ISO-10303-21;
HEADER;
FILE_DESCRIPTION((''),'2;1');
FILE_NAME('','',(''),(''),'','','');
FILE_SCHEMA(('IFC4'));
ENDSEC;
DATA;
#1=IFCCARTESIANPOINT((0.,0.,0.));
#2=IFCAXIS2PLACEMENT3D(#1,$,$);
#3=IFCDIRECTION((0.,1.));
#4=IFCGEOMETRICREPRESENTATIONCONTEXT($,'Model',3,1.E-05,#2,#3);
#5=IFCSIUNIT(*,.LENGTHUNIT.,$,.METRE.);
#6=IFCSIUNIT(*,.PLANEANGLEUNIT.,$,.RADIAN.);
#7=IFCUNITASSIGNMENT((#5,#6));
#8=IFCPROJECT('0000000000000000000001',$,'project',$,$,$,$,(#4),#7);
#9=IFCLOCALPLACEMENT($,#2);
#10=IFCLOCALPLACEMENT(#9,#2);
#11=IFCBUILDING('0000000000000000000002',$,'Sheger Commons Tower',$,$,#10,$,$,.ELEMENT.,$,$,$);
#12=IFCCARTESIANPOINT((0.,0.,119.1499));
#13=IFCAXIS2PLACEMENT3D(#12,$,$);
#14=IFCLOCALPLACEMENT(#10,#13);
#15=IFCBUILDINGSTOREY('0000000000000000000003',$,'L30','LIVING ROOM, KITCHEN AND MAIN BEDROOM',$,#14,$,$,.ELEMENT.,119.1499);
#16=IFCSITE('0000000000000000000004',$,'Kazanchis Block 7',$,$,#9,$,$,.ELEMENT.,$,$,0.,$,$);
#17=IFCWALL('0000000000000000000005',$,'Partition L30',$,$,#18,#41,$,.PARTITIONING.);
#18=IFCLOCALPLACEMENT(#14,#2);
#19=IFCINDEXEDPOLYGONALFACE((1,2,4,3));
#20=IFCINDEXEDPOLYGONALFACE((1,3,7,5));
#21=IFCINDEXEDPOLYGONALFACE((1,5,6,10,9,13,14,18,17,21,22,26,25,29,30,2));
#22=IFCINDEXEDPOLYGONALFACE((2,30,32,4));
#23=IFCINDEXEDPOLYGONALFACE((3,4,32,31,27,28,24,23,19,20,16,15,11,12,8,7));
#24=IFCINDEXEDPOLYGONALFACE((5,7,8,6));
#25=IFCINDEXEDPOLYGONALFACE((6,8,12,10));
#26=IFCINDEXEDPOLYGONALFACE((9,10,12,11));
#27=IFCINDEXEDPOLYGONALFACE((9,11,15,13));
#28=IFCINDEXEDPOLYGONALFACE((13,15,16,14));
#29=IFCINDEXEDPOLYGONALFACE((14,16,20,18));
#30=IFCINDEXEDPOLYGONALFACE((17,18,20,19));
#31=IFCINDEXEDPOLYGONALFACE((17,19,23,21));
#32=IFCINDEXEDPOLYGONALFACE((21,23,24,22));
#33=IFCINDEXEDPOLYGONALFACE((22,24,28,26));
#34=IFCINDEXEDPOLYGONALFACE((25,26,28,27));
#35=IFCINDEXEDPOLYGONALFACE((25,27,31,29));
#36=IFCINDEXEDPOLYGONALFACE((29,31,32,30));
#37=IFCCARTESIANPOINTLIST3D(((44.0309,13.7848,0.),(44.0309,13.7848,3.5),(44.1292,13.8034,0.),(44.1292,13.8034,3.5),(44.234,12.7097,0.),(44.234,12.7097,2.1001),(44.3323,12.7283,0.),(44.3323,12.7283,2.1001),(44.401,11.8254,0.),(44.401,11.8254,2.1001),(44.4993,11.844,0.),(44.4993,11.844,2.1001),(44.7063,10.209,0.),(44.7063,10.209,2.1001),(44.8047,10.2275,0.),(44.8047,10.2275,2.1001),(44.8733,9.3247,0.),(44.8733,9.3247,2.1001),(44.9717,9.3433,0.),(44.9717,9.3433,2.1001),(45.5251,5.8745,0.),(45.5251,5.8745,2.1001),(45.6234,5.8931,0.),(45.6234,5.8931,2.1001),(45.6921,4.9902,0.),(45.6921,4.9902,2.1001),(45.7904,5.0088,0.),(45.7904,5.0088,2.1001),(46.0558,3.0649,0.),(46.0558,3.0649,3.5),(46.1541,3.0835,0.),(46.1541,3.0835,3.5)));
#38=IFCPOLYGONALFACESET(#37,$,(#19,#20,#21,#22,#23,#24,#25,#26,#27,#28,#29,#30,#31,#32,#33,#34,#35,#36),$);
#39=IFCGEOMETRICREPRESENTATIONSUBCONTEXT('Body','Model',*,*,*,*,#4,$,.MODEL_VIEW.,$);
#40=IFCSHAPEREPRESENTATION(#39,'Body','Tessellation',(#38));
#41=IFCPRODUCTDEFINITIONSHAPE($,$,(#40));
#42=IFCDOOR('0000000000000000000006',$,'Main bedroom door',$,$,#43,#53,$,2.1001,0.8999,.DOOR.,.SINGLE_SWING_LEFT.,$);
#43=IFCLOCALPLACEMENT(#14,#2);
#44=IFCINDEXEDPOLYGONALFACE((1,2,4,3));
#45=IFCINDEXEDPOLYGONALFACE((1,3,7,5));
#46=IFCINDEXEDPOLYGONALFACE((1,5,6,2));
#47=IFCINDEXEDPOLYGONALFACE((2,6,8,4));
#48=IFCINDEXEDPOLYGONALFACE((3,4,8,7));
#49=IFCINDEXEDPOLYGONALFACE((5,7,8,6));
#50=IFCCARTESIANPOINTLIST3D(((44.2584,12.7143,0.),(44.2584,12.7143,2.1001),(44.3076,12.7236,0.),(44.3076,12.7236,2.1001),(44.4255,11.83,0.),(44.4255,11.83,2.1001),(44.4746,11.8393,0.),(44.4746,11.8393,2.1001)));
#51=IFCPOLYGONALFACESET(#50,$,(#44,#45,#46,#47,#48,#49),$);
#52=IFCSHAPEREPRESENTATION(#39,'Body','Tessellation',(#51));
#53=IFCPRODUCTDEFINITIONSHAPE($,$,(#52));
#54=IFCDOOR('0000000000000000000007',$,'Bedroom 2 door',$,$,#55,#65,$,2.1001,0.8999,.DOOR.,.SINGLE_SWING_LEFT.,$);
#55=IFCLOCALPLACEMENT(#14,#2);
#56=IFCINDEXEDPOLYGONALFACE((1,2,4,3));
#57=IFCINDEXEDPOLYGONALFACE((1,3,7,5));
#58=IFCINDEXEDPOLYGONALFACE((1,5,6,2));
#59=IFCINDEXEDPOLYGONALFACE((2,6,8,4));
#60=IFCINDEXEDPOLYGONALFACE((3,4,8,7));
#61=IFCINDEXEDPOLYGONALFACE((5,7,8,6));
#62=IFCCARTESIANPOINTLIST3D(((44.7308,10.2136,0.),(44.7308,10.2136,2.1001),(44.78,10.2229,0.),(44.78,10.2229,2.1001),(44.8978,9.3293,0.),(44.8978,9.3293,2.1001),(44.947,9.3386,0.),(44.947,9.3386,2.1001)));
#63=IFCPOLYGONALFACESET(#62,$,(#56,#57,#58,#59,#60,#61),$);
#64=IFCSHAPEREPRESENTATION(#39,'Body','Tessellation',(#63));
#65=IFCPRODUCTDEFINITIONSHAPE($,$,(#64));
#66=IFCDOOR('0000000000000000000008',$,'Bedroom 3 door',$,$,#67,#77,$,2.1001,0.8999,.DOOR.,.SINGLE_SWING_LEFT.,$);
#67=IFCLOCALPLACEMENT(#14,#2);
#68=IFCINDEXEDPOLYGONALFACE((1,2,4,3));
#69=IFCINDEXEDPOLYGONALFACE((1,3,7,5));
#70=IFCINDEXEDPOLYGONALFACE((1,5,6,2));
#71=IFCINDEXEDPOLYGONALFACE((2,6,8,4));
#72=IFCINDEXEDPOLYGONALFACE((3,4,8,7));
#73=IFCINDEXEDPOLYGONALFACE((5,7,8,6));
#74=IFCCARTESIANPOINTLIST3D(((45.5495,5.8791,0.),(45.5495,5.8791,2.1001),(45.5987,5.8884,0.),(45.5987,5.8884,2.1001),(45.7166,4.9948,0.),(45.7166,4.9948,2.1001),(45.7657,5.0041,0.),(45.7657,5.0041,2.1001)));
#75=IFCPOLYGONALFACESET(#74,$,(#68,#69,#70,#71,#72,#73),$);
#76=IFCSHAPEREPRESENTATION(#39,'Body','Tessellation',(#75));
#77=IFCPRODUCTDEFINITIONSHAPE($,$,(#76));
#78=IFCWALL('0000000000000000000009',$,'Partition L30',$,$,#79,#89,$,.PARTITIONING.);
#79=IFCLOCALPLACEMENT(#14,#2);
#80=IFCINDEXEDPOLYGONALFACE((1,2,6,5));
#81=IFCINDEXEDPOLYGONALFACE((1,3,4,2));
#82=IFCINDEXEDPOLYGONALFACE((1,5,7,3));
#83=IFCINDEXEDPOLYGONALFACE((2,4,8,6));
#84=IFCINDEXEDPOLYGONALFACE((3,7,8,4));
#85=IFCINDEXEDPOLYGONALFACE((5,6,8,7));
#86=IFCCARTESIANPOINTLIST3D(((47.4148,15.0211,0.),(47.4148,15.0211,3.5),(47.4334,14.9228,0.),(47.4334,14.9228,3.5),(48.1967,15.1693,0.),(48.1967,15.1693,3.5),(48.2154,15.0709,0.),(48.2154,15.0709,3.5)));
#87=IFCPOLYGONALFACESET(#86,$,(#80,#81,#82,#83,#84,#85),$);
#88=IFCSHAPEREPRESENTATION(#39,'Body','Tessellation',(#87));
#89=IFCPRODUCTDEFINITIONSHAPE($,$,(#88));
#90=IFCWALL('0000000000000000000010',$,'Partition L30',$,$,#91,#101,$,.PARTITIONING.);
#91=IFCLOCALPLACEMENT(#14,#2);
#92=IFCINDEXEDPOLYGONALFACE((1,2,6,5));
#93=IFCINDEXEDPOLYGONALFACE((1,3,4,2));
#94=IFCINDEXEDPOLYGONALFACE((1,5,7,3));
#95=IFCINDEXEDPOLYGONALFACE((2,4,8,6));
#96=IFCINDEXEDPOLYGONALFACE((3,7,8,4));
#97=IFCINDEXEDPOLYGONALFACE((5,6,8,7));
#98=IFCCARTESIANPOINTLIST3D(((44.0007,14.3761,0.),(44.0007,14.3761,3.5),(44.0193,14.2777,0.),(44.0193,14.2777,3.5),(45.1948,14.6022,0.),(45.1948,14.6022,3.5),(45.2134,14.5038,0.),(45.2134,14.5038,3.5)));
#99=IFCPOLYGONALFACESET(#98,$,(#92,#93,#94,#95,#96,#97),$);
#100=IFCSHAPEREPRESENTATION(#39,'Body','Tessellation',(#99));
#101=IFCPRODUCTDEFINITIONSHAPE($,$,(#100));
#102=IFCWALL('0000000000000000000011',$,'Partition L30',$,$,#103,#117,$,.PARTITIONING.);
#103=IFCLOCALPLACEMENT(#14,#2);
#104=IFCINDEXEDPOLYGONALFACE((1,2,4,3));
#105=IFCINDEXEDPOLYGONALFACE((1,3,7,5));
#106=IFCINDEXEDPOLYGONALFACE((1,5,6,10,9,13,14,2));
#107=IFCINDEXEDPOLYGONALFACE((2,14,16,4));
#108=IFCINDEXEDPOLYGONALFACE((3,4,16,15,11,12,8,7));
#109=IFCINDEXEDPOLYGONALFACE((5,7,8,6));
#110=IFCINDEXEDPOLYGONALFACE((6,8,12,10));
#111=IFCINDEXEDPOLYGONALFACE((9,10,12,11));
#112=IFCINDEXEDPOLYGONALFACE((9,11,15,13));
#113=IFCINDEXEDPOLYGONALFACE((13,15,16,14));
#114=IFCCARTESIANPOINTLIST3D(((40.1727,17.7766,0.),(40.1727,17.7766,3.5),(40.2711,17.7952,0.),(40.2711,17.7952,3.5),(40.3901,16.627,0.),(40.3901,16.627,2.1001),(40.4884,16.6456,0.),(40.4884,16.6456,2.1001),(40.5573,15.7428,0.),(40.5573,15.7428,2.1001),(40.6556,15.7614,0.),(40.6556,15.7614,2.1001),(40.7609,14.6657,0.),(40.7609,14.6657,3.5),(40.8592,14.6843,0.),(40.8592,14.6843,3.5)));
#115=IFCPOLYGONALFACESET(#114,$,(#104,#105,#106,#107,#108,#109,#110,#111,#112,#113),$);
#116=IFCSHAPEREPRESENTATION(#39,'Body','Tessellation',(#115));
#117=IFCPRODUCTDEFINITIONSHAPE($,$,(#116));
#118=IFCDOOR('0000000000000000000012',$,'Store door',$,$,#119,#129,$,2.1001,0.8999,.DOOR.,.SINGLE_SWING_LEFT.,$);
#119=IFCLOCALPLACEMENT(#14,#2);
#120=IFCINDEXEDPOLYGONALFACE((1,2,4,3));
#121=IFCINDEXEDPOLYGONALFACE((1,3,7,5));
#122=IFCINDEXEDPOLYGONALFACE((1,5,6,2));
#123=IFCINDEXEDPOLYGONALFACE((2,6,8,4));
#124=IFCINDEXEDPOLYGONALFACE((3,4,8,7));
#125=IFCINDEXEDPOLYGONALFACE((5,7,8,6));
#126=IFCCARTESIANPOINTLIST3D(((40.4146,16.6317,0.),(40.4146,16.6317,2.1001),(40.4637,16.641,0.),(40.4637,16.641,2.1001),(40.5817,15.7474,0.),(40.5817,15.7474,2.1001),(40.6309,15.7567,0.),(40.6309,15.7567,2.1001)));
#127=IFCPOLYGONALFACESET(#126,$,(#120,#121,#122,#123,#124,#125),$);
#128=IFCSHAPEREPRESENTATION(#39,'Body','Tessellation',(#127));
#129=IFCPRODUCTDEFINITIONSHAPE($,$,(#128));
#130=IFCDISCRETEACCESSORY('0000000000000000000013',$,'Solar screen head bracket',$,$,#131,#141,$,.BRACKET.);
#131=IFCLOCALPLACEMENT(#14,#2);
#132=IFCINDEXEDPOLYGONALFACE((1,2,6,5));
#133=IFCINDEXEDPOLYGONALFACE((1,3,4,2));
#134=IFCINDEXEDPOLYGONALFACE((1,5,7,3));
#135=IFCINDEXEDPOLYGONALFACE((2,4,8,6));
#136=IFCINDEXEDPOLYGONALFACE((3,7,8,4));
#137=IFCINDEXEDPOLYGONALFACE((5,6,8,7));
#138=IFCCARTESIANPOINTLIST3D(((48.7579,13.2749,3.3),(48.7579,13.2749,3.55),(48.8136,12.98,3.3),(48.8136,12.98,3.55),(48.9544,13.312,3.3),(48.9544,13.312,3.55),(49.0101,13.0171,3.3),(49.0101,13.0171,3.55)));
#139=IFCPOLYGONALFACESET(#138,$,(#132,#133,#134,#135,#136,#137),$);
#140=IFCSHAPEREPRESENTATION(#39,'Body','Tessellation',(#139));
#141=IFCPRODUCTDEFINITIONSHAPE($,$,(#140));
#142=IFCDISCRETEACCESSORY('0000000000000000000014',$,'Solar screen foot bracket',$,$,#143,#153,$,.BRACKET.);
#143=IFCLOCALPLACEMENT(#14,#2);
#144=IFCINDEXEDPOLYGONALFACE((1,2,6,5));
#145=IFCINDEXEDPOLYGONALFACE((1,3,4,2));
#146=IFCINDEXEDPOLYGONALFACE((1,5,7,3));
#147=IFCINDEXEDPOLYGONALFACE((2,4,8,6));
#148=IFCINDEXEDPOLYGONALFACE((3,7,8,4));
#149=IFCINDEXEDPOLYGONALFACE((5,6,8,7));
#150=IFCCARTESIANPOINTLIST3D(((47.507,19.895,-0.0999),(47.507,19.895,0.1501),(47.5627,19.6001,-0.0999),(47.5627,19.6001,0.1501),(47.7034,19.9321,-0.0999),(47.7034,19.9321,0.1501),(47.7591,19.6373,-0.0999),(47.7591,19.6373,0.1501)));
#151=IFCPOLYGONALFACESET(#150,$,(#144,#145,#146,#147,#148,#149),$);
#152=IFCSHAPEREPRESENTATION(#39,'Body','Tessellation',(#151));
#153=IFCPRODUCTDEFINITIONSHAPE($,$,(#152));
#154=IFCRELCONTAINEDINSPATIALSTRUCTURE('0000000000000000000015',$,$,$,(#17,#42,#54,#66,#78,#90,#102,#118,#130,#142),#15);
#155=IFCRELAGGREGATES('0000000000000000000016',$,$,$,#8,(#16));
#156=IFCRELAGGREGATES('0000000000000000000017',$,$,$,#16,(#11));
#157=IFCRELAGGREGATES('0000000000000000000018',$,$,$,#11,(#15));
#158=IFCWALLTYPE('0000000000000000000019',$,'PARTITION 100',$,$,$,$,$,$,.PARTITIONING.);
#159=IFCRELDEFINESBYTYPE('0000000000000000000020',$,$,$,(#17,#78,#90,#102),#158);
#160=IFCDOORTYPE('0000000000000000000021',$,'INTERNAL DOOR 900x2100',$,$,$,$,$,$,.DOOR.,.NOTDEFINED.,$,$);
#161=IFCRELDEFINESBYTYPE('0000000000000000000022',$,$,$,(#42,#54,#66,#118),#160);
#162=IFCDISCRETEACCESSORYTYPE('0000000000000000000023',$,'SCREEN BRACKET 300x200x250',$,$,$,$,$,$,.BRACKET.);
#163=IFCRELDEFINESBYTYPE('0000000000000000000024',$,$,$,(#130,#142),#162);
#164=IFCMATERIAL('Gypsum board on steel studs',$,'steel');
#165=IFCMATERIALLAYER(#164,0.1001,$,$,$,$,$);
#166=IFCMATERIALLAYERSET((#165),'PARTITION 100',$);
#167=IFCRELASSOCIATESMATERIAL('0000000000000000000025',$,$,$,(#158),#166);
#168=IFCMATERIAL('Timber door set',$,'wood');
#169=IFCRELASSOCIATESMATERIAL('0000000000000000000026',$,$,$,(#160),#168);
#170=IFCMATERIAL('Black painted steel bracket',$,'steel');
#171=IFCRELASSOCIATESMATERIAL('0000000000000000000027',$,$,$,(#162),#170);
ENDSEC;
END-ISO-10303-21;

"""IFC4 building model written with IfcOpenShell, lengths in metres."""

from ifc_helpers import new_model, si_unit, direction, frame, frame_2d, origin, origin_2d, place, context, subcontext, project, spatial, rectangle, extrude, material, layer, layer_set, type_object, element, fill, save


model = new_model("IFC4")

# Units and contexts
model_context = context("Model", 3, precision=1e-05, world=origin(), true_north=direction((0.0, 1.0)))
body_context = subcontext(model_context, "Body", "Model", "MODEL_VIEW")
ifc_project = project(units=[si_unit("LENGTHUNIT", "METRE"), si_unit("PLANEANGLEUNIT", "RADIAN")], contexts=[model_context])

# Site, building, storey
site_placement = place(None, origin())
site = spatial("IfcSite", under=ifc_project, at=site_placement, Name="Kazanchis Block 7", CompositionType="ELEMENT", RefElevation=0.0)
building_placement = place(site_placement, origin())
building = spatial("IfcBuilding", under=site, at=building_placement, Name="Sheger Commons Tower", CompositionType="ELEMENT")
storey_placement = place(building_placement, frame((0.0, 0.0, 119.1499)))
storey = spatial("IfcBuildingStorey", under=building, at=storey_placement, Name="L30", Description="LIVING ROOM, KITCHEN AND MAIN BEDROOM", CompositionType="ELEMENT", Elevation=119.1499)

# Shared definitions
ifc_material_1 = material(Name="Gypsum board on steel studs", Category="steel")
ifc_layer_1 = layer(ifc_material_1, 0.1001)
ifc_layer_set_1 = layer_set([ifc_layer_1], Name="PARTITION 100")
wall_type_1 = type_object("IfcWallType", Name="PARTITION 100", PredefinedType="PARTITIONING", material=ifc_layer_set_1)

# Wall, openings, doors
wall_1_placement = place(storey_placement, frame((44.0801, 13.7939, 0.0), z_axis=(0.0, 0.0, 1.0), x_axis=(0.185608, -0.982624, 0.0)))
wall_1 = element("IfcWall", 1, at=wall_1_placement, inside=storey, type_object=wall_type_1, Name="Partition L30", PredefinedType="PARTITIONING", context=body_context, shape_type="SweptSolid", body=[
    extrude(rectangle(XDim=10.9094, YDim=0.1001, at=frame_2d((5.4546, 0.0))), origin(), (0.0, 0.0, 1.0), 3.5),
])
opening_1_placement = place(wall_1_placement, frame((1.094, 0.0, 0.0)))
opening_1 = element("IfcOpeningElement", 2, at=opening_1_placement, cuts=wall_1, PredefinedType="OPENING", context=body_context, shape_type="SweptSolid", body=[
    extrude(rectangle(XDim=0.8999, YDim=2.1001, at=frame_2d((0.45, 1.05))), frame((0.0, 0.0601, 0.0), z_axis=(0.0, -1.0, 0.0), x_axis=(1.0, 0.0, 0.0)), (0.0, 0.0, 1.0), 0.1201),
])
opening_2_placement = place(wall_1_placement, frame((3.6389, 0.0, 0.0)))
opening_2 = element("IfcOpeningElement", 3, at=opening_2_placement, cuts=wall_1, PredefinedType="OPENING", context=body_context, shape_type="SweptSolid", body=[
    extrude(rectangle(XDim=0.8999, YDim=2.1001, at=frame_2d((0.45, 1.05))), frame((0.0, 0.0601, 0.0), z_axis=(0.0, -1.0, 0.0), x_axis=(1.0, 0.0, 0.0)), (0.0, 0.0, 1.0), 0.1201),
])
opening_3_placement = place(wall_1_placement, frame((8.05, 0.0, 0.0)))
opening_3 = element("IfcOpeningElement", 4, at=opening_3_placement, cuts=wall_1, PredefinedType="OPENING", context=body_context, shape_type="SweptSolid", body=[
    extrude(rectangle(XDim=0.8999, YDim=2.1001, at=frame_2d((0.45, 1.05))), frame((0.0, 0.0601, 0.0), z_axis=(0.0, -1.0, 0.0), x_axis=(1.0, 0.0, 0.0)), (0.0, 0.0, 1.0), 0.1201),
])
ifc_material_2 = material(Name="Timber door set", Category="wood")
door_type = type_object("IfcDoorType", Name="INTERNAL DOOR 900x2100", OperationType="NOTDEFINED", PredefinedType="DOOR", material=ifc_material_2)
door_1_placement = place(opening_1_placement, origin())
door_1 = element("IfcDoor", 5, at=door_1_placement, inside=storey, type_object=door_type, Name="Main bedroom door", OperationType="SINGLE_SWING_LEFT", OverallHeight=2.1001, OverallWidth=0.8999, PredefinedType="DOOR", context=body_context, shape_type="SweptSolid", body=[
    extrude(rectangle(XDim=0.8999, YDim=2.1001, at=frame_2d((0.45, 1.05))), frame((0.0, 0.0249, 0.0), z_axis=(0.0, -1.0, 0.0), x_axis=(1.0, 0.0, 0.0)), (0.0, 0.0, 1.0), 0.05),
])
fill(opening_1, door_1)
door_2_placement = place(opening_2_placement, origin())
door_2 = element("IfcDoor", 6, at=door_2_placement, inside=storey, type_object=door_type, Name="Bedroom 2 door", OperationType="SINGLE_SWING_LEFT", OverallHeight=2.1001, OverallWidth=0.8999, PredefinedType="DOOR", context=body_context, shape_type="SweptSolid", body=[
    extrude(rectangle(XDim=0.8999, YDim=2.1001, at=frame_2d((0.45, 1.05))), frame((0.0, 0.0249, 0.0), z_axis=(0.0, -1.0, 0.0), x_axis=(1.0, 0.0, 0.0)), (0.0, 0.0, 1.0), 0.05),
])
fill(opening_2, door_2)
door_3_placement = place(opening_3_placement, origin())
door_3 = element("IfcDoor", 7, at=door_3_placement, inside=storey, type_object=door_type, Name="Bedroom 3 door", OperationType="SINGLE_SWING_LEFT", OverallHeight=2.1001, OverallWidth=0.8999, PredefinedType="DOOR", context=body_context, shape_type="SweptSolid", body=[
    extrude(rectangle(XDim=0.8999, YDim=2.1001, at=frame_2d((0.45, 1.05))), frame((0.0, 0.0249, 0.0), z_axis=(0.0, -1.0, 0.0), x_axis=(1.0, 0.0, 0.0)), (0.0, 0.0, 1.0), 0.05),
])
fill(opening_3, door_3)

# Walls
wall_2_placement = place(storey_placement, frame((48.2061, 15.1201, 0.0), z_axis=(0.0, 0.0, 1.0), x_axis=(-0.982513, -0.186196, 0.0)))
element("IfcWall", 8, at=wall_2_placement, inside=storey, type_object=wall_type_1, Name="Partition L30", PredefinedType="PARTITIONING", context=body_context, shape_type="SweptSolid", body=[
    extrude(rectangle(XDim=0.7959, YDim=0.1001, at=frame_2d((0.3979, 0.0))), origin(), (0.0, 0.0, 1.0), 3.5),
])
wall_3_placement = place(storey_placement, frame((45.2041, 14.553, 0.0), z_axis=(0.0, 0.0, 1.0), x_axis=(-0.982545, -0.186023, 0.0)))
element("IfcWall", 9, at=wall_3_placement, inside=storey, type_object=wall_type_1, Name="Partition L30", PredefinedType="PARTITIONING", context=body_context, shape_type="SweptSolid", body=[
    extrude(rectangle(XDim=1.2153, YDim=0.1001, at=frame_2d((0.6077, 0.0))), origin(), (0.0, 0.0, 1.0), 3.5),
])

# Wall, opening, door
wall_4_placement = place(storey_placement, frame((40.2219, 17.7859, 0.0), z_axis=(0.0, 0.0, 1.0), x_axis=(0.185769, -0.982593, 0.0)))
wall_4 = element("IfcWall", 10, at=wall_4_placement, inside=storey, type_object=wall_type_1, Name="Partition L30", PredefinedType="PARTITIONING", context=body_context, shape_type="SweptSolid", body=[
    extrude(rectangle(XDim=3.166, YDim=0.1001, at=frame_2d((1.583, 0.0))), origin(), (0.0, 0.0, 1.0), 3.5),
])
opening_4_placement = place(wall_4_placement, frame((1.1699, 0.0, 0.0)))
opening_4 = element("IfcOpeningElement", 11, at=opening_4_placement, cuts=wall_4, PredefinedType="OPENING", context=body_context, shape_type="SweptSolid", body=[
    extrude(rectangle(XDim=0.8999, YDim=2.1001, at=frame_2d((0.45, 1.05))), frame((0.0, 0.0601, 0.0), z_axis=(0.0, -1.0, 0.0), x_axis=(1.0, 0.0, 0.0)), (0.0, 0.0, 1.0), 0.1201),
])
door_4_placement = place(opening_4_placement, origin())
door_4 = element("IfcDoor", 12, at=door_4_placement, inside=storey, type_object=door_type, Name="Store door", OperationType="SINGLE_SWING_LEFT", OverallHeight=2.1001, OverallWidth=0.8999, PredefinedType="DOOR", context=body_context, shape_type="SweptSolid", body=[
    extrude(rectangle(XDim=0.8999, YDim=2.1001, at=frame_2d((0.45, 1.05))), frame((0.0, 0.0249, 0.0), z_axis=(0.0, -1.0, 0.0), x_axis=(1.0, 0.0, 0.0)), (0.0, 0.0, 1.0), 0.05),
])
fill(opening_4, door_4)

# Discrete accessories
ifc_material_3 = material(Name="Black painted steel bracket", Category="steel")
discrete_accessory_type = type_object("IfcDiscreteAccessoryType", Name="SCREEN BRACKET 300x200x250", PredefinedType="BRACKET", material=ifc_material_3)
for number, where, z_axis, x_axis, name in (
    (13, (48.884, 13.146, 3.3), (0.0, 0.0, 1.0), (-0.185615, 0.982623, 0.0), "Solar screen head bracket"),
    (14, (47.6331, 19.7661, -0.0999), (0.0, 0.0, 1.0), (-0.185615, 0.982623, 0.0), "Solar screen foot bracket"),
):
    element("IfcDiscreteAccessory", number, at=place(storey_placement, frame(where, z_axis=z_axis, x_axis=x_axis)), inside=storey, type_object=discrete_accessory_type, Name=name, PredefinedType="BRACKET", context=body_context, shape_type="SweptSolid", body=[
        extrude(rectangle(XDim=0.3, YDim=0.2, at=origin_2d()), origin(), (0.0, 0.0, 1.0), 0.25),
    ])

save(model, "model.ifc")
